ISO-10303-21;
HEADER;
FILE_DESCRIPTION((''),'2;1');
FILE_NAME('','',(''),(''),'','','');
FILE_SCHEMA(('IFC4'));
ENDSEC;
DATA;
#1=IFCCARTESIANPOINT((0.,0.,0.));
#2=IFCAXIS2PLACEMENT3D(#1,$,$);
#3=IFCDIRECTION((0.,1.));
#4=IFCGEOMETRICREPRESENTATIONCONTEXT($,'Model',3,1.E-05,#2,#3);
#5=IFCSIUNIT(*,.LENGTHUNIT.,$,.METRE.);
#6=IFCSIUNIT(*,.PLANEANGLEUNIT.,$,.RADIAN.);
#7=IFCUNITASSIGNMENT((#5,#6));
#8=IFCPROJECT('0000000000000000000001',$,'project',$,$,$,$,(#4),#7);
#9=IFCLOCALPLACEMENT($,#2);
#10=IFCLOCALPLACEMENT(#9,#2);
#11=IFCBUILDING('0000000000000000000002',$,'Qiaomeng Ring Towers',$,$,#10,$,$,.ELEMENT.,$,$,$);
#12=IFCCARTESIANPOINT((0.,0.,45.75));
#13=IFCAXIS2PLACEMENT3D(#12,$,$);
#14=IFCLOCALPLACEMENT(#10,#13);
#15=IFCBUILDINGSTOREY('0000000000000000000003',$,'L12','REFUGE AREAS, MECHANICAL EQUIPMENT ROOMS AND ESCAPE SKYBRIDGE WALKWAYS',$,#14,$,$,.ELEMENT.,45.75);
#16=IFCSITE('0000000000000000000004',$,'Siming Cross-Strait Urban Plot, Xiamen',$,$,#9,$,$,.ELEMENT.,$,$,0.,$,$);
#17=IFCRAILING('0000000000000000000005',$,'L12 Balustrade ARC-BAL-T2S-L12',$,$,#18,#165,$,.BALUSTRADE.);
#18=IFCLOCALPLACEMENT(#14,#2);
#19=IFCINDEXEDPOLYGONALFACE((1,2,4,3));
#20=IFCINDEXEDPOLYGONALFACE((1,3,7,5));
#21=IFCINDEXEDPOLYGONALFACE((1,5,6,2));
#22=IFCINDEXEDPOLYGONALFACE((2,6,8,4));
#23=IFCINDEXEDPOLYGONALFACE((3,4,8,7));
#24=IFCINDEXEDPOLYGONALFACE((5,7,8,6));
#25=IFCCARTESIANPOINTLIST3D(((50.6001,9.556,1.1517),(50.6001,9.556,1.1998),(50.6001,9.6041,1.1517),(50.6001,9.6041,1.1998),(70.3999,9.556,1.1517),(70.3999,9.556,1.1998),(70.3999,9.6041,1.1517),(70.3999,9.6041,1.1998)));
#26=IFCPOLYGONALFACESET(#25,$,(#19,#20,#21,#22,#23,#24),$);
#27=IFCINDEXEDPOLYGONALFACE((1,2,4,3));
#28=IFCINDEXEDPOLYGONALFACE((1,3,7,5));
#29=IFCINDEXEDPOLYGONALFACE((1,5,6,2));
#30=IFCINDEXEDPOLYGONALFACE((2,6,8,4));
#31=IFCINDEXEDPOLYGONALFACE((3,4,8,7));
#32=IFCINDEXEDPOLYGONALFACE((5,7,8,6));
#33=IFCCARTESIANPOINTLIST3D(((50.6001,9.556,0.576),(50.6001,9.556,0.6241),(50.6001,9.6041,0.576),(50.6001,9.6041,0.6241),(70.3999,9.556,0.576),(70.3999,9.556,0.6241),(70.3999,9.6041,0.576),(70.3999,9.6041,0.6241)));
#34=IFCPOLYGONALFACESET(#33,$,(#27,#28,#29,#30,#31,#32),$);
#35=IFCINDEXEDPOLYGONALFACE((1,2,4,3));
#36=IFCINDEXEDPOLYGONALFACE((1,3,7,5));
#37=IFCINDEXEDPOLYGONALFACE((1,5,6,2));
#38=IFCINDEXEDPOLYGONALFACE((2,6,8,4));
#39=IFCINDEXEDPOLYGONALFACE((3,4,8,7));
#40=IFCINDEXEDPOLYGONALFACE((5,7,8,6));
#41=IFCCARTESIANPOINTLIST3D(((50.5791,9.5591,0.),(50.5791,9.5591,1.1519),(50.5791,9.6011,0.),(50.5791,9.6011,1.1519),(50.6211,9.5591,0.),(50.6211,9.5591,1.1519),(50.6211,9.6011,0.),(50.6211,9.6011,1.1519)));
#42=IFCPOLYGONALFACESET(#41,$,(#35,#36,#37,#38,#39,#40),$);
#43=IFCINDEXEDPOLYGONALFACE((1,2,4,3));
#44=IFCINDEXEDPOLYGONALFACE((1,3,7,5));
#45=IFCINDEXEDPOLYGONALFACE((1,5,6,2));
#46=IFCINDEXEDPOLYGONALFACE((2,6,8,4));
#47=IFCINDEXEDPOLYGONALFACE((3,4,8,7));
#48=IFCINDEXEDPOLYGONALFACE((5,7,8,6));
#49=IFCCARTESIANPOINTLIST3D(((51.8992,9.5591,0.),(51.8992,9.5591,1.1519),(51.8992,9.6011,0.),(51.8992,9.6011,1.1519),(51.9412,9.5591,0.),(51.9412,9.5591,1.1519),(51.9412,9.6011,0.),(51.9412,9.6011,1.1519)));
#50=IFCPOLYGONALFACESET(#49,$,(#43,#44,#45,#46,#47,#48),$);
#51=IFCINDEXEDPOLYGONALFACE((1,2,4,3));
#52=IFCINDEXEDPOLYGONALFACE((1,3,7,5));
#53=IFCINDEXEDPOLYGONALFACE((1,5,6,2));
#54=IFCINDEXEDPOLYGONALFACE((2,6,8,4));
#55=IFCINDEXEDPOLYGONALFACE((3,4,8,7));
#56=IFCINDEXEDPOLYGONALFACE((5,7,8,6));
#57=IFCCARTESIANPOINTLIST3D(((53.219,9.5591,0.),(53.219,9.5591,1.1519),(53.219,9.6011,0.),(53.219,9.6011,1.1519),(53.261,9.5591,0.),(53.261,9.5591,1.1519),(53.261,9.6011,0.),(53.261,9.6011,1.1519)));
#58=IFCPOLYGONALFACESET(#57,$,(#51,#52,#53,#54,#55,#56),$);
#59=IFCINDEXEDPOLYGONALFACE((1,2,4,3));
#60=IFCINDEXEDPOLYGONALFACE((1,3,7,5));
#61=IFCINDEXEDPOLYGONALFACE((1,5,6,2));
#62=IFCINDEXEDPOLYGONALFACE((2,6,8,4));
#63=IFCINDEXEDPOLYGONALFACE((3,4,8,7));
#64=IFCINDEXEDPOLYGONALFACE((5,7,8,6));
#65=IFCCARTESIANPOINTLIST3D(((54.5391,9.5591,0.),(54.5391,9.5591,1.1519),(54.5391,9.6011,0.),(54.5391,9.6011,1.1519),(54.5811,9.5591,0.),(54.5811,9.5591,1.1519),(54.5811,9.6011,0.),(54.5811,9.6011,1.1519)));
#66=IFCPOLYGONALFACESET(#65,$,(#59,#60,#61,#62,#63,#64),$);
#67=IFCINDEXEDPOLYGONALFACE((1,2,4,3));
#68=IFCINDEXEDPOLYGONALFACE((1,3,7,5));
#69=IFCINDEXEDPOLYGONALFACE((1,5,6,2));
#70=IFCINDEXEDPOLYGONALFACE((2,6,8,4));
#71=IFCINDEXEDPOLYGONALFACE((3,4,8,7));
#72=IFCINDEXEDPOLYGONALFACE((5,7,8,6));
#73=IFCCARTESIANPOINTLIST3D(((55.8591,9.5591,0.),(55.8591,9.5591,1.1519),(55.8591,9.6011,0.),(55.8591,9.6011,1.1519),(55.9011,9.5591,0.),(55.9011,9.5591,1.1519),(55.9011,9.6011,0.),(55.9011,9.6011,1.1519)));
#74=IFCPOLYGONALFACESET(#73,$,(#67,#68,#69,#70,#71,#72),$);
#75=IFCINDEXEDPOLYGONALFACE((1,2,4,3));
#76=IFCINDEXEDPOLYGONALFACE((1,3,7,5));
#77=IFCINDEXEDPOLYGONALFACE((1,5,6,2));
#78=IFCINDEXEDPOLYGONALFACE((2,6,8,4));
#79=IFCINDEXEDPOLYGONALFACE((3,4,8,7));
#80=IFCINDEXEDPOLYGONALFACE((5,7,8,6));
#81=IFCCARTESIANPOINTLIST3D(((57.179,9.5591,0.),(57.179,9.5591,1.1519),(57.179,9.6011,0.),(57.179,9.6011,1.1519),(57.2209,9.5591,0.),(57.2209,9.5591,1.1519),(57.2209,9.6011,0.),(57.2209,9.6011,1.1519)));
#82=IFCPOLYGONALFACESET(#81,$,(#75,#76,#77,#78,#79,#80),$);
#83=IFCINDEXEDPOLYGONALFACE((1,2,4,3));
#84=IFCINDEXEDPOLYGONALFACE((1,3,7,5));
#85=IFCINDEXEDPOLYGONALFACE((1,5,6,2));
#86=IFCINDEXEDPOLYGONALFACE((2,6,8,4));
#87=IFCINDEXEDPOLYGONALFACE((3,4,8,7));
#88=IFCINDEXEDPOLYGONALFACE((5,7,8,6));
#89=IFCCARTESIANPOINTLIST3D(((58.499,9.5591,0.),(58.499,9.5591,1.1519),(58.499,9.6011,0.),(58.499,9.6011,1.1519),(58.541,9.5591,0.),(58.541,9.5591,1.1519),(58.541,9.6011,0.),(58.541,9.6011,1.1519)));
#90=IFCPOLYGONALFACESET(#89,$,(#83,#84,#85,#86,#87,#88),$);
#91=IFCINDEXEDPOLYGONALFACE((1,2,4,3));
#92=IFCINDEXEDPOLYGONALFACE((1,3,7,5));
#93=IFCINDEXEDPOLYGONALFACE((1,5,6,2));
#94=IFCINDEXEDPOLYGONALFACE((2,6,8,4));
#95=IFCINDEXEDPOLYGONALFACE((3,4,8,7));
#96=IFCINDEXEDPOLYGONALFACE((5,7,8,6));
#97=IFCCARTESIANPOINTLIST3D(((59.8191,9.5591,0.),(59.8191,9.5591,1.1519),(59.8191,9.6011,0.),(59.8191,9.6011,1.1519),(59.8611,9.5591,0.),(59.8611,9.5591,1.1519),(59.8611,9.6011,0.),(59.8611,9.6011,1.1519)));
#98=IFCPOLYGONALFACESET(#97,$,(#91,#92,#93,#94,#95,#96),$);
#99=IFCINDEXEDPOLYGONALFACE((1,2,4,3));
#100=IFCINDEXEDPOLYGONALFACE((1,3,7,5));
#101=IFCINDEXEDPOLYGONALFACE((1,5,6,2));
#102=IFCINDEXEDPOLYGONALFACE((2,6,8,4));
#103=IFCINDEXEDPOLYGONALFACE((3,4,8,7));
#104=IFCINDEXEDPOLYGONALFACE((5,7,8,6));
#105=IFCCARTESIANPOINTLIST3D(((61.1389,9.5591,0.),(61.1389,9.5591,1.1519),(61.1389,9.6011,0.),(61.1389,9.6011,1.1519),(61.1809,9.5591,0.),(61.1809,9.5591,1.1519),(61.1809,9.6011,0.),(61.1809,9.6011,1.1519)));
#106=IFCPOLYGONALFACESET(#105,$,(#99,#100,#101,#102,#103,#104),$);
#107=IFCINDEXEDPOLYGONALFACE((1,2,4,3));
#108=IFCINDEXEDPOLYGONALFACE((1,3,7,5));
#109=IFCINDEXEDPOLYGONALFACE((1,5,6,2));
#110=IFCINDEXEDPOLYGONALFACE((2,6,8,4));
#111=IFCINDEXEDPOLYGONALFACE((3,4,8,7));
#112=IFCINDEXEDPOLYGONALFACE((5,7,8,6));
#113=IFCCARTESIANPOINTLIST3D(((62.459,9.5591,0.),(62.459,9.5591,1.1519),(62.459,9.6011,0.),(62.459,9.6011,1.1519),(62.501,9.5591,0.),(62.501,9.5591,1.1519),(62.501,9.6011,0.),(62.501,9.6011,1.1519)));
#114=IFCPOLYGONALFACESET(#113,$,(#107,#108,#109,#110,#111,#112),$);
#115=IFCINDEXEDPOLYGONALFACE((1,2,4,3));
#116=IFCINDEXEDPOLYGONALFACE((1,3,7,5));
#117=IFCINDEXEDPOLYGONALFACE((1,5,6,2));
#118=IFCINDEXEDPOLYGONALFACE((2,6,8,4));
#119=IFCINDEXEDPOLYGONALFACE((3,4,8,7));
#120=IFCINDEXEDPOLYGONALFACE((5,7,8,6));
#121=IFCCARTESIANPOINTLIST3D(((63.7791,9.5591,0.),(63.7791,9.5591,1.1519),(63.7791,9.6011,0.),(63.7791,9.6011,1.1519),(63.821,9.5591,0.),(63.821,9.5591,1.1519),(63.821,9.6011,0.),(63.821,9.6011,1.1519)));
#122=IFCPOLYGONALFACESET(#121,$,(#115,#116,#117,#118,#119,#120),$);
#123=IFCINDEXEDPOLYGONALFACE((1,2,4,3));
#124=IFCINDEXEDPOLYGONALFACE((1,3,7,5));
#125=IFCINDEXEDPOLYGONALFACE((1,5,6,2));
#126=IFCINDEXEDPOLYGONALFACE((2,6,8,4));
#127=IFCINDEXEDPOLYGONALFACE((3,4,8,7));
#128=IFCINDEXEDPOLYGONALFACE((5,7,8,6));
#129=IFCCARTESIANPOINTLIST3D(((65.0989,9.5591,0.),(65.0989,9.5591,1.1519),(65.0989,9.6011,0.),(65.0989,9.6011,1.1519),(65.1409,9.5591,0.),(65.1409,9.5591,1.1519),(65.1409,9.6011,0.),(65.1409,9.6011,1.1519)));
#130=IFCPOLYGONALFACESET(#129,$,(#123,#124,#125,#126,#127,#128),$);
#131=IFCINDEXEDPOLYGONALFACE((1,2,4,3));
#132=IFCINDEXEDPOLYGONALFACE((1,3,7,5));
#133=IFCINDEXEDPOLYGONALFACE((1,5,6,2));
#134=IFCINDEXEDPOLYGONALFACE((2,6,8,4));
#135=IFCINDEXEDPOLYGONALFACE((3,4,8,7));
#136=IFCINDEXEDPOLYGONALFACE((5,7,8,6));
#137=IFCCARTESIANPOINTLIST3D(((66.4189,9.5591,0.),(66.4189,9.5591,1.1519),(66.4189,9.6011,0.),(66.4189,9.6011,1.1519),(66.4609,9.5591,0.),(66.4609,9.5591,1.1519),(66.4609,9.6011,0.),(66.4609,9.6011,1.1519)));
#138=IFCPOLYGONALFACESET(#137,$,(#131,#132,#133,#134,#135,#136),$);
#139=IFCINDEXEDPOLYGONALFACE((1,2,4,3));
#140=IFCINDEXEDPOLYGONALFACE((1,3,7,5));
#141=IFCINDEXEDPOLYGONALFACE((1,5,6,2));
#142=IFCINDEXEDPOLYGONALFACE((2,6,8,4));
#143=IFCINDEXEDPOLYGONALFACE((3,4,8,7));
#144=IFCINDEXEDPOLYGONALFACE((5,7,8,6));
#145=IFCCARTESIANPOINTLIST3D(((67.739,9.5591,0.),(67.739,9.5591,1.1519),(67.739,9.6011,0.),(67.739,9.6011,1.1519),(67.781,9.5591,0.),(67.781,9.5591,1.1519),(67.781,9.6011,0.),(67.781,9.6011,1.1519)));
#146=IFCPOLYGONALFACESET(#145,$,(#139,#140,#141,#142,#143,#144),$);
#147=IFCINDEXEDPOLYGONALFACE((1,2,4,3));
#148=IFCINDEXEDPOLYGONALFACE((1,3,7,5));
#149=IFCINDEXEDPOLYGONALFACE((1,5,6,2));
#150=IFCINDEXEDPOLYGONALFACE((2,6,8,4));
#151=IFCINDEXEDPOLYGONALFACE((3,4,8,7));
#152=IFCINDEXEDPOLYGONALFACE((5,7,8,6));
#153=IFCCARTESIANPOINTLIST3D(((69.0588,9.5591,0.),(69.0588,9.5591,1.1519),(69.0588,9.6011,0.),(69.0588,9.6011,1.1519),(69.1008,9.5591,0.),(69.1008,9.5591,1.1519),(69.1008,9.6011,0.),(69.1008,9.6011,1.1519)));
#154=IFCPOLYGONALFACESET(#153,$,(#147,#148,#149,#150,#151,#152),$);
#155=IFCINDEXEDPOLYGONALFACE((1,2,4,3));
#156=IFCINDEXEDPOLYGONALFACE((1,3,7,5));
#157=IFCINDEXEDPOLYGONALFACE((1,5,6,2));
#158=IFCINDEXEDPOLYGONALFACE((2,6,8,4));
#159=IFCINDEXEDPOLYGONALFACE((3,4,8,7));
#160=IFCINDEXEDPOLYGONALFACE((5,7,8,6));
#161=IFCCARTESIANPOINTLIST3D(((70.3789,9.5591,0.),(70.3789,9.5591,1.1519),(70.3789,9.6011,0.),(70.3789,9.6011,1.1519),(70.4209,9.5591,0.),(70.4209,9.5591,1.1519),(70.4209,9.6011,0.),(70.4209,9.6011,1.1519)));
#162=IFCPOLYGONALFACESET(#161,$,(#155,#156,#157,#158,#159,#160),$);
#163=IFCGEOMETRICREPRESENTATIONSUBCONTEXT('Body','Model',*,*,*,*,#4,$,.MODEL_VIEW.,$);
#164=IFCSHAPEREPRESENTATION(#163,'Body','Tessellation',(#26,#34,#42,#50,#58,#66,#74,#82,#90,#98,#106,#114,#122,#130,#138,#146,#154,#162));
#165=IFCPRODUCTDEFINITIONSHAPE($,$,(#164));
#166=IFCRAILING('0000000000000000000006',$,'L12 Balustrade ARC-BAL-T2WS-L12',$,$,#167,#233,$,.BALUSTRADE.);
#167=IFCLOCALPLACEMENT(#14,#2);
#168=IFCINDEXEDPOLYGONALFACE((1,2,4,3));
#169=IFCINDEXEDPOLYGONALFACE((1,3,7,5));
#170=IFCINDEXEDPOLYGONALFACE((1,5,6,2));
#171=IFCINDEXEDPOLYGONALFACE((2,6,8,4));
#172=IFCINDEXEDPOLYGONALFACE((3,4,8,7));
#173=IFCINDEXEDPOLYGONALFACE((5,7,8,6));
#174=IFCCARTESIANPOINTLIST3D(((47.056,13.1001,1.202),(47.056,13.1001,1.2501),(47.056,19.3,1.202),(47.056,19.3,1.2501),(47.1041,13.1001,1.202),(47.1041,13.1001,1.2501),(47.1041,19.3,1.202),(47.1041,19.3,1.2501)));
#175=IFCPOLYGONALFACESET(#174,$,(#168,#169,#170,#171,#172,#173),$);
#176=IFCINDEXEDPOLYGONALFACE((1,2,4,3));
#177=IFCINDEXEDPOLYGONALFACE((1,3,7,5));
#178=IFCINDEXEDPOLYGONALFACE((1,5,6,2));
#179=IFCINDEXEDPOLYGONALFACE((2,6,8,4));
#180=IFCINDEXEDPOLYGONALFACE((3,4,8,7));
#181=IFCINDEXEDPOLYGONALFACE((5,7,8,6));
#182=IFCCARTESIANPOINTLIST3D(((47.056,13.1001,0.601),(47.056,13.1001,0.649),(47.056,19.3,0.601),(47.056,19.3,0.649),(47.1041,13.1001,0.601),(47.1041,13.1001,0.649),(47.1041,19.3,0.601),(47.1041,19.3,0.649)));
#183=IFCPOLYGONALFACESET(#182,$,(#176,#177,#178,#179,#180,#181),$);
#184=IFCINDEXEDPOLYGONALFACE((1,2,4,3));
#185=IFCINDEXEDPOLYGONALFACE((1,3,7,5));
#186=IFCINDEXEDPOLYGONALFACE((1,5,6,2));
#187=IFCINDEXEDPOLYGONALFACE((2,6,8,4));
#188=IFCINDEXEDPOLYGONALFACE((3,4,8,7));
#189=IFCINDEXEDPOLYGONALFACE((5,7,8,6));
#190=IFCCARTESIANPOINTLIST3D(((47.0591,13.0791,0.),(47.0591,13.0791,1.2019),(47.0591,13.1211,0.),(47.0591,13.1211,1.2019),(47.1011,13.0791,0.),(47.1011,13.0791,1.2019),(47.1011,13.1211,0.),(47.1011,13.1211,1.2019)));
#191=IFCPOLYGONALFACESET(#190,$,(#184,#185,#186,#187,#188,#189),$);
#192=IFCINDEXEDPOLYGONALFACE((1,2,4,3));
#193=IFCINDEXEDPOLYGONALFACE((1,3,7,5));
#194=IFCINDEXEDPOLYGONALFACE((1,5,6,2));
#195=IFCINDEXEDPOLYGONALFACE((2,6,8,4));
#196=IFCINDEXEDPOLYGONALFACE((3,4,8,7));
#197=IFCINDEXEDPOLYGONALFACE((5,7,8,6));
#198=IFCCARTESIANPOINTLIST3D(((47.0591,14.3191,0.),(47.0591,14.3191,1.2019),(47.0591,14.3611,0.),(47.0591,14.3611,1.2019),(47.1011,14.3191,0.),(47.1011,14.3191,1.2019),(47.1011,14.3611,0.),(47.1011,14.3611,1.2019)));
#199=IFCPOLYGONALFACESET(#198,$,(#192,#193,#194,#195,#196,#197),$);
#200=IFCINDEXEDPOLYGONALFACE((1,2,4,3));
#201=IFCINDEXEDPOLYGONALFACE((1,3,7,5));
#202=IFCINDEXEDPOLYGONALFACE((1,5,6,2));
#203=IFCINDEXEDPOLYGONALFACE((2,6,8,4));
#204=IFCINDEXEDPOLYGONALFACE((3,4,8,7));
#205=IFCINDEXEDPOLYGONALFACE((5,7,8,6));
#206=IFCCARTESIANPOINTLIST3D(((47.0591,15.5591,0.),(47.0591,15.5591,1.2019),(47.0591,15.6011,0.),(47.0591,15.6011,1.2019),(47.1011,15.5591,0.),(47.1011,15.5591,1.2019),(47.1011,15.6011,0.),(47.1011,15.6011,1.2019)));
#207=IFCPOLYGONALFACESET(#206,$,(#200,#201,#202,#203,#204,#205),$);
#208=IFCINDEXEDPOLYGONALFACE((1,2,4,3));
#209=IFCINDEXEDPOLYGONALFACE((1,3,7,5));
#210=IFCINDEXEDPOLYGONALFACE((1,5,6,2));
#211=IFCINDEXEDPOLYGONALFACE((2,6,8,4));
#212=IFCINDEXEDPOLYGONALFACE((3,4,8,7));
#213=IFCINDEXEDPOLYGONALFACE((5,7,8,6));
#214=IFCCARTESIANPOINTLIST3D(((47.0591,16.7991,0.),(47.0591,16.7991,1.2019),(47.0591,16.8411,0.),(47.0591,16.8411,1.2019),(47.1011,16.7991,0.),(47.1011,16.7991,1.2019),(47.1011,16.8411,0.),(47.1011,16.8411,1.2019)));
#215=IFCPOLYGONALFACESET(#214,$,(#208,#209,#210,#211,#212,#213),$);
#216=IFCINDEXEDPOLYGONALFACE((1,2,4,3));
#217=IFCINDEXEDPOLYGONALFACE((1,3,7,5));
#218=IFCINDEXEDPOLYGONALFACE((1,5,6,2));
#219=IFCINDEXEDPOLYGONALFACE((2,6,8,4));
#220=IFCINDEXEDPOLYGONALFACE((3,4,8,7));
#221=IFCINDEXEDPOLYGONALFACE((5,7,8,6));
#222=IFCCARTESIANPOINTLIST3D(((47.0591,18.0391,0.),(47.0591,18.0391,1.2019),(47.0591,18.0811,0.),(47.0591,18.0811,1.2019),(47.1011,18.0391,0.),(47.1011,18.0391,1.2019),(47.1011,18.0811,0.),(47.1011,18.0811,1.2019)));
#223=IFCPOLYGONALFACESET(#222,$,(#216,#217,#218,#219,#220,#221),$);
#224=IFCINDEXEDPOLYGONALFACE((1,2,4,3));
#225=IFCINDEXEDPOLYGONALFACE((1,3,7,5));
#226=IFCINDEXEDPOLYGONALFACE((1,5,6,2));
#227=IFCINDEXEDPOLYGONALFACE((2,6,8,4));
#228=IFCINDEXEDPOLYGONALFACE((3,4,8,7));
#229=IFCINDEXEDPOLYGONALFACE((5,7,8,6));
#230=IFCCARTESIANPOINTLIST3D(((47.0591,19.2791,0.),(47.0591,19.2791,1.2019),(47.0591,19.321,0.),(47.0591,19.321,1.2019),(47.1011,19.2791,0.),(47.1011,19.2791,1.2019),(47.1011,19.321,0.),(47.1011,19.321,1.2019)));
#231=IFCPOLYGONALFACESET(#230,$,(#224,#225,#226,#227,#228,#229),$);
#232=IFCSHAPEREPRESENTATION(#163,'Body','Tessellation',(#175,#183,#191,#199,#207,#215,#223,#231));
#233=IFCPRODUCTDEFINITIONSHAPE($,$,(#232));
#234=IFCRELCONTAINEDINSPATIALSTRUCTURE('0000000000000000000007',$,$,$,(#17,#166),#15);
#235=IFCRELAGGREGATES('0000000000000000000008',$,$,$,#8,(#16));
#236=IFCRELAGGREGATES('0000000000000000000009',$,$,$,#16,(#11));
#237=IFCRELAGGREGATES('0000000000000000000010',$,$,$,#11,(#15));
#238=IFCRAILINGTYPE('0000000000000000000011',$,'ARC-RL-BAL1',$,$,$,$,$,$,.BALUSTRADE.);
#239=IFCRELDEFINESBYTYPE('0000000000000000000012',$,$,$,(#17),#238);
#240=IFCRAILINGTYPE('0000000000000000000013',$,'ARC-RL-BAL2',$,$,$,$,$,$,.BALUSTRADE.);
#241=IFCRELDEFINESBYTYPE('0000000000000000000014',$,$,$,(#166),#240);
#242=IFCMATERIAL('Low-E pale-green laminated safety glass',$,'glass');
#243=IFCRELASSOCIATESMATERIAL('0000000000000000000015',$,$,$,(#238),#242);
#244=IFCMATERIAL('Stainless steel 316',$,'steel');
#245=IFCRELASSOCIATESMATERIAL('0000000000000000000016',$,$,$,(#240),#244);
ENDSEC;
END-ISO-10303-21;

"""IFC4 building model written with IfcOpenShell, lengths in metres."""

from ifc_helpers import new_model, si_unit, direction, frame, origin, origin_2d, place, context, subcontext, project, spatial, rectangle, extrude, material, type_object, element, save


model = new_model("IFC4")

# Units and contexts
model_context = context("Model", 3, precision=1e-05, world=origin(), true_north=direction((0.0, 1.0)))
body_context = subcontext(model_context, "Body", "Model", "MODEL_VIEW")
ifc_project = project(units=[si_unit("LENGTHUNIT", "METRE"), si_unit("PLANEANGLEUNIT", "RADIAN")], contexts=[model_context])

# Site, building, storey
site_placement = place(None, origin())
site = spatial("IfcSite", under=ifc_project, at=site_placement, Name="Siming Cross-Strait Urban Plot, Xiamen", CompositionType="ELEMENT", RefElevation=0.0)
building_placement = place(site_placement, origin())
building = spatial("IfcBuilding", under=site, at=building_placement, Name="Qiaomeng Ring Towers", CompositionType="ELEMENT")
storey_placement = place(building_placement, frame((0.0, 0.0, 45.75)))
storey = spatial("IfcBuildingStorey", under=building, at=storey_placement, Name="L12", Description="REFUGE AREAS, MECHANICAL EQUIPMENT ROOMS AND ESCAPE SKYBRIDGE WALKWAYS", CompositionType="ELEMENT", Elevation=45.75)

# Shared definitions
ifc_material_1 = material(Name="Low-E pale-green laminated safety glass", Category="glass")

# Railings
railing_type_1 = type_object("IfcRailingType", Name="ARC-RL-BAL1", PredefinedType="BALUSTRADE", material=ifc_material_1)
railing_1_placement = place(storey_placement, frame((50.6001, 9.5801, 0.0)))
element("IfcRailing", 1, at=railing_1_placement, inside=storey, type_object=railing_type_1, Name="L12 Balustrade ARC-BAL-T2S-L12", PredefinedType="BALUSTRADE", context=body_context, shape_type="SweptSolid", body=[
    extrude(rectangle(XDim=0.0481, YDim=0.0481, at=origin_2d()), frame((0.0, 0.0, 1.1758), z_axis=(1.0, 0.0, 0.0), x_axis=(0.0, 1.0, 0.0)), (0.0, 0.0, 1.0), 19.7998),
    extrude(rectangle(XDim=0.0481, YDim=0.0481, at=origin_2d()), frame((0.0, 0.0, 0.6001), z_axis=(1.0, 0.0, 0.0), x_axis=(0.0, 1.0, 0.0)), (0.0, 0.0, 1.0), 19.7998),
    extrude(rectangle(XDim=0.042, YDim=0.042, at=origin_2d()), origin(), (0.0, 0.0, 1.0), 1.1519),
    extrude(rectangle(XDim=0.042, YDim=0.042, at=origin_2d()), frame((1.3201, 0.0, 0.0)), (0.0, 0.0, 1.0), 1.1519),
    extrude(rectangle(XDim=0.042, YDim=0.042, at=origin_2d()), frame((2.6399, 0.0, 0.0)), (0.0, 0.0, 1.0), 1.1519),
    extrude(rectangle(XDim=0.042, YDim=0.042, at=origin_2d()), frame((3.96, 0.0, 0.0)), (0.0, 0.0, 1.0), 1.1519),
    extrude(rectangle(XDim=0.042, YDim=0.042, at=origin_2d()), frame((5.28, 0.0, 0.0)), (0.0, 0.0, 1.0), 1.1519),
    extrude(rectangle(XDim=0.042, YDim=0.042, at=origin_2d()), frame((6.5999, 0.0, 0.0)), (0.0, 0.0, 1.0), 1.1519),
    extrude(rectangle(XDim=0.042, YDim=0.042, at=origin_2d()), frame((7.9199, 0.0, 0.0)), (0.0, 0.0, 1.0), 1.1519),
    extrude(rectangle(XDim=0.042, YDim=0.042, at=origin_2d()), frame((9.24, 0.0, 0.0)), (0.0, 0.0, 1.0), 1.1519),
    extrude(rectangle(XDim=0.042, YDim=0.042, at=origin_2d()), frame((10.5598, 0.0, 0.0)), (0.0, 0.0, 1.0), 1.1519),
    extrude(rectangle(XDim=0.042, YDim=0.042, at=origin_2d()), frame((11.8799, 0.0, 0.0)), (0.0, 0.0, 1.0), 1.1519),
    extrude(rectangle(XDim=0.042, YDim=0.042, at=origin_2d()), frame((13.2, 0.0, 0.0)), (0.0, 0.0, 1.0), 1.1519),
    extrude(rectangle(XDim=0.042, YDim=0.042, at=origin_2d()), frame((14.5198, 0.0, 0.0)), (0.0, 0.0, 1.0), 1.1519),
    extrude(rectangle(XDim=0.042, YDim=0.042, at=origin_2d()), frame((15.8398, 0.0, 0.0)), (0.0, 0.0, 1.0), 1.1519),
    extrude(rectangle(XDim=0.042, YDim=0.042, at=origin_2d()), frame((17.1599, 0.0, 0.0)), (0.0, 0.0, 1.0), 1.1519),
    extrude(rectangle(XDim=0.042, YDim=0.042, at=origin_2d()), frame((18.4797, 0.0, 0.0)), (0.0, 0.0, 1.0), 1.1519),
    extrude(rectangle(XDim=0.042, YDim=0.042, at=origin_2d()), frame((19.7998, 0.0, 0.0)), (0.0, 0.0, 1.0), 1.1519),
])
ifc_material_2 = material(Name="Stainless steel 316", Category="steel")
railing_type_2 = type_object("IfcRailingType", Name="ARC-RL-BAL2", PredefinedType="BALUSTRADE", material=ifc_material_2)
railing_2_placement = place(storey_placement, frame((47.0801, 13.1001, 0.0)))
element("IfcRailing", 2, at=railing_2_placement, inside=storey, type_object=railing_type_2, Name="L12 Balustrade ARC-BAL-T2WS-L12", PredefinedType="BALUSTRADE", context=body_context, shape_type="SweptSolid", body=[
    extrude(rectangle(XDim=0.0481, YDim=0.0481, at=origin_2d()), frame((0.0, 0.0, 1.2261), z_axis=(0.0, 1.0, 0.0), x_axis=(-1.0, 0.0, 0.0)), (0.0, 0.0, 1.0), 6.2),
    extrude(rectangle(XDim=0.0481, YDim=0.0481, at=origin_2d()), frame((0.0, 0.0, 0.625), z_axis=(0.0, 1.0, 0.0), x_axis=(-1.0, 0.0, 0.0)), (0.0, 0.0, 1.0), 6.2),
    extrude(rectangle(XDim=0.042, YDim=0.042, at=origin_2d()), origin(), (0.0, 0.0, 1.0), 1.2019),
    extrude(rectangle(XDim=0.042, YDim=0.042, at=origin_2d()), frame((0.0, 1.24, 0.0)), (0.0, 0.0, 1.0), 1.2019),
    extrude(rectangle(XDim=0.042, YDim=0.042, at=origin_2d()), frame((0.0, 2.48, 0.0)), (0.0, 0.0, 1.0), 1.2019),
    extrude(rectangle(XDim=0.042, YDim=0.042, at=origin_2d()), frame((0.0, 3.72, 0.0)), (0.0, 0.0, 1.0), 1.2019),
    extrude(rectangle(XDim=0.042, YDim=0.042, at=origin_2d()), frame((0.0, 4.96, 0.0)), (0.0, 0.0, 1.0), 1.2019),
    extrude(rectangle(XDim=0.042, YDim=0.042, at=origin_2d()), frame((0.0, 6.2, 0.0)), (0.0, 0.0, 1.0), 1.2019),
])

save(model, "model.ifc")
